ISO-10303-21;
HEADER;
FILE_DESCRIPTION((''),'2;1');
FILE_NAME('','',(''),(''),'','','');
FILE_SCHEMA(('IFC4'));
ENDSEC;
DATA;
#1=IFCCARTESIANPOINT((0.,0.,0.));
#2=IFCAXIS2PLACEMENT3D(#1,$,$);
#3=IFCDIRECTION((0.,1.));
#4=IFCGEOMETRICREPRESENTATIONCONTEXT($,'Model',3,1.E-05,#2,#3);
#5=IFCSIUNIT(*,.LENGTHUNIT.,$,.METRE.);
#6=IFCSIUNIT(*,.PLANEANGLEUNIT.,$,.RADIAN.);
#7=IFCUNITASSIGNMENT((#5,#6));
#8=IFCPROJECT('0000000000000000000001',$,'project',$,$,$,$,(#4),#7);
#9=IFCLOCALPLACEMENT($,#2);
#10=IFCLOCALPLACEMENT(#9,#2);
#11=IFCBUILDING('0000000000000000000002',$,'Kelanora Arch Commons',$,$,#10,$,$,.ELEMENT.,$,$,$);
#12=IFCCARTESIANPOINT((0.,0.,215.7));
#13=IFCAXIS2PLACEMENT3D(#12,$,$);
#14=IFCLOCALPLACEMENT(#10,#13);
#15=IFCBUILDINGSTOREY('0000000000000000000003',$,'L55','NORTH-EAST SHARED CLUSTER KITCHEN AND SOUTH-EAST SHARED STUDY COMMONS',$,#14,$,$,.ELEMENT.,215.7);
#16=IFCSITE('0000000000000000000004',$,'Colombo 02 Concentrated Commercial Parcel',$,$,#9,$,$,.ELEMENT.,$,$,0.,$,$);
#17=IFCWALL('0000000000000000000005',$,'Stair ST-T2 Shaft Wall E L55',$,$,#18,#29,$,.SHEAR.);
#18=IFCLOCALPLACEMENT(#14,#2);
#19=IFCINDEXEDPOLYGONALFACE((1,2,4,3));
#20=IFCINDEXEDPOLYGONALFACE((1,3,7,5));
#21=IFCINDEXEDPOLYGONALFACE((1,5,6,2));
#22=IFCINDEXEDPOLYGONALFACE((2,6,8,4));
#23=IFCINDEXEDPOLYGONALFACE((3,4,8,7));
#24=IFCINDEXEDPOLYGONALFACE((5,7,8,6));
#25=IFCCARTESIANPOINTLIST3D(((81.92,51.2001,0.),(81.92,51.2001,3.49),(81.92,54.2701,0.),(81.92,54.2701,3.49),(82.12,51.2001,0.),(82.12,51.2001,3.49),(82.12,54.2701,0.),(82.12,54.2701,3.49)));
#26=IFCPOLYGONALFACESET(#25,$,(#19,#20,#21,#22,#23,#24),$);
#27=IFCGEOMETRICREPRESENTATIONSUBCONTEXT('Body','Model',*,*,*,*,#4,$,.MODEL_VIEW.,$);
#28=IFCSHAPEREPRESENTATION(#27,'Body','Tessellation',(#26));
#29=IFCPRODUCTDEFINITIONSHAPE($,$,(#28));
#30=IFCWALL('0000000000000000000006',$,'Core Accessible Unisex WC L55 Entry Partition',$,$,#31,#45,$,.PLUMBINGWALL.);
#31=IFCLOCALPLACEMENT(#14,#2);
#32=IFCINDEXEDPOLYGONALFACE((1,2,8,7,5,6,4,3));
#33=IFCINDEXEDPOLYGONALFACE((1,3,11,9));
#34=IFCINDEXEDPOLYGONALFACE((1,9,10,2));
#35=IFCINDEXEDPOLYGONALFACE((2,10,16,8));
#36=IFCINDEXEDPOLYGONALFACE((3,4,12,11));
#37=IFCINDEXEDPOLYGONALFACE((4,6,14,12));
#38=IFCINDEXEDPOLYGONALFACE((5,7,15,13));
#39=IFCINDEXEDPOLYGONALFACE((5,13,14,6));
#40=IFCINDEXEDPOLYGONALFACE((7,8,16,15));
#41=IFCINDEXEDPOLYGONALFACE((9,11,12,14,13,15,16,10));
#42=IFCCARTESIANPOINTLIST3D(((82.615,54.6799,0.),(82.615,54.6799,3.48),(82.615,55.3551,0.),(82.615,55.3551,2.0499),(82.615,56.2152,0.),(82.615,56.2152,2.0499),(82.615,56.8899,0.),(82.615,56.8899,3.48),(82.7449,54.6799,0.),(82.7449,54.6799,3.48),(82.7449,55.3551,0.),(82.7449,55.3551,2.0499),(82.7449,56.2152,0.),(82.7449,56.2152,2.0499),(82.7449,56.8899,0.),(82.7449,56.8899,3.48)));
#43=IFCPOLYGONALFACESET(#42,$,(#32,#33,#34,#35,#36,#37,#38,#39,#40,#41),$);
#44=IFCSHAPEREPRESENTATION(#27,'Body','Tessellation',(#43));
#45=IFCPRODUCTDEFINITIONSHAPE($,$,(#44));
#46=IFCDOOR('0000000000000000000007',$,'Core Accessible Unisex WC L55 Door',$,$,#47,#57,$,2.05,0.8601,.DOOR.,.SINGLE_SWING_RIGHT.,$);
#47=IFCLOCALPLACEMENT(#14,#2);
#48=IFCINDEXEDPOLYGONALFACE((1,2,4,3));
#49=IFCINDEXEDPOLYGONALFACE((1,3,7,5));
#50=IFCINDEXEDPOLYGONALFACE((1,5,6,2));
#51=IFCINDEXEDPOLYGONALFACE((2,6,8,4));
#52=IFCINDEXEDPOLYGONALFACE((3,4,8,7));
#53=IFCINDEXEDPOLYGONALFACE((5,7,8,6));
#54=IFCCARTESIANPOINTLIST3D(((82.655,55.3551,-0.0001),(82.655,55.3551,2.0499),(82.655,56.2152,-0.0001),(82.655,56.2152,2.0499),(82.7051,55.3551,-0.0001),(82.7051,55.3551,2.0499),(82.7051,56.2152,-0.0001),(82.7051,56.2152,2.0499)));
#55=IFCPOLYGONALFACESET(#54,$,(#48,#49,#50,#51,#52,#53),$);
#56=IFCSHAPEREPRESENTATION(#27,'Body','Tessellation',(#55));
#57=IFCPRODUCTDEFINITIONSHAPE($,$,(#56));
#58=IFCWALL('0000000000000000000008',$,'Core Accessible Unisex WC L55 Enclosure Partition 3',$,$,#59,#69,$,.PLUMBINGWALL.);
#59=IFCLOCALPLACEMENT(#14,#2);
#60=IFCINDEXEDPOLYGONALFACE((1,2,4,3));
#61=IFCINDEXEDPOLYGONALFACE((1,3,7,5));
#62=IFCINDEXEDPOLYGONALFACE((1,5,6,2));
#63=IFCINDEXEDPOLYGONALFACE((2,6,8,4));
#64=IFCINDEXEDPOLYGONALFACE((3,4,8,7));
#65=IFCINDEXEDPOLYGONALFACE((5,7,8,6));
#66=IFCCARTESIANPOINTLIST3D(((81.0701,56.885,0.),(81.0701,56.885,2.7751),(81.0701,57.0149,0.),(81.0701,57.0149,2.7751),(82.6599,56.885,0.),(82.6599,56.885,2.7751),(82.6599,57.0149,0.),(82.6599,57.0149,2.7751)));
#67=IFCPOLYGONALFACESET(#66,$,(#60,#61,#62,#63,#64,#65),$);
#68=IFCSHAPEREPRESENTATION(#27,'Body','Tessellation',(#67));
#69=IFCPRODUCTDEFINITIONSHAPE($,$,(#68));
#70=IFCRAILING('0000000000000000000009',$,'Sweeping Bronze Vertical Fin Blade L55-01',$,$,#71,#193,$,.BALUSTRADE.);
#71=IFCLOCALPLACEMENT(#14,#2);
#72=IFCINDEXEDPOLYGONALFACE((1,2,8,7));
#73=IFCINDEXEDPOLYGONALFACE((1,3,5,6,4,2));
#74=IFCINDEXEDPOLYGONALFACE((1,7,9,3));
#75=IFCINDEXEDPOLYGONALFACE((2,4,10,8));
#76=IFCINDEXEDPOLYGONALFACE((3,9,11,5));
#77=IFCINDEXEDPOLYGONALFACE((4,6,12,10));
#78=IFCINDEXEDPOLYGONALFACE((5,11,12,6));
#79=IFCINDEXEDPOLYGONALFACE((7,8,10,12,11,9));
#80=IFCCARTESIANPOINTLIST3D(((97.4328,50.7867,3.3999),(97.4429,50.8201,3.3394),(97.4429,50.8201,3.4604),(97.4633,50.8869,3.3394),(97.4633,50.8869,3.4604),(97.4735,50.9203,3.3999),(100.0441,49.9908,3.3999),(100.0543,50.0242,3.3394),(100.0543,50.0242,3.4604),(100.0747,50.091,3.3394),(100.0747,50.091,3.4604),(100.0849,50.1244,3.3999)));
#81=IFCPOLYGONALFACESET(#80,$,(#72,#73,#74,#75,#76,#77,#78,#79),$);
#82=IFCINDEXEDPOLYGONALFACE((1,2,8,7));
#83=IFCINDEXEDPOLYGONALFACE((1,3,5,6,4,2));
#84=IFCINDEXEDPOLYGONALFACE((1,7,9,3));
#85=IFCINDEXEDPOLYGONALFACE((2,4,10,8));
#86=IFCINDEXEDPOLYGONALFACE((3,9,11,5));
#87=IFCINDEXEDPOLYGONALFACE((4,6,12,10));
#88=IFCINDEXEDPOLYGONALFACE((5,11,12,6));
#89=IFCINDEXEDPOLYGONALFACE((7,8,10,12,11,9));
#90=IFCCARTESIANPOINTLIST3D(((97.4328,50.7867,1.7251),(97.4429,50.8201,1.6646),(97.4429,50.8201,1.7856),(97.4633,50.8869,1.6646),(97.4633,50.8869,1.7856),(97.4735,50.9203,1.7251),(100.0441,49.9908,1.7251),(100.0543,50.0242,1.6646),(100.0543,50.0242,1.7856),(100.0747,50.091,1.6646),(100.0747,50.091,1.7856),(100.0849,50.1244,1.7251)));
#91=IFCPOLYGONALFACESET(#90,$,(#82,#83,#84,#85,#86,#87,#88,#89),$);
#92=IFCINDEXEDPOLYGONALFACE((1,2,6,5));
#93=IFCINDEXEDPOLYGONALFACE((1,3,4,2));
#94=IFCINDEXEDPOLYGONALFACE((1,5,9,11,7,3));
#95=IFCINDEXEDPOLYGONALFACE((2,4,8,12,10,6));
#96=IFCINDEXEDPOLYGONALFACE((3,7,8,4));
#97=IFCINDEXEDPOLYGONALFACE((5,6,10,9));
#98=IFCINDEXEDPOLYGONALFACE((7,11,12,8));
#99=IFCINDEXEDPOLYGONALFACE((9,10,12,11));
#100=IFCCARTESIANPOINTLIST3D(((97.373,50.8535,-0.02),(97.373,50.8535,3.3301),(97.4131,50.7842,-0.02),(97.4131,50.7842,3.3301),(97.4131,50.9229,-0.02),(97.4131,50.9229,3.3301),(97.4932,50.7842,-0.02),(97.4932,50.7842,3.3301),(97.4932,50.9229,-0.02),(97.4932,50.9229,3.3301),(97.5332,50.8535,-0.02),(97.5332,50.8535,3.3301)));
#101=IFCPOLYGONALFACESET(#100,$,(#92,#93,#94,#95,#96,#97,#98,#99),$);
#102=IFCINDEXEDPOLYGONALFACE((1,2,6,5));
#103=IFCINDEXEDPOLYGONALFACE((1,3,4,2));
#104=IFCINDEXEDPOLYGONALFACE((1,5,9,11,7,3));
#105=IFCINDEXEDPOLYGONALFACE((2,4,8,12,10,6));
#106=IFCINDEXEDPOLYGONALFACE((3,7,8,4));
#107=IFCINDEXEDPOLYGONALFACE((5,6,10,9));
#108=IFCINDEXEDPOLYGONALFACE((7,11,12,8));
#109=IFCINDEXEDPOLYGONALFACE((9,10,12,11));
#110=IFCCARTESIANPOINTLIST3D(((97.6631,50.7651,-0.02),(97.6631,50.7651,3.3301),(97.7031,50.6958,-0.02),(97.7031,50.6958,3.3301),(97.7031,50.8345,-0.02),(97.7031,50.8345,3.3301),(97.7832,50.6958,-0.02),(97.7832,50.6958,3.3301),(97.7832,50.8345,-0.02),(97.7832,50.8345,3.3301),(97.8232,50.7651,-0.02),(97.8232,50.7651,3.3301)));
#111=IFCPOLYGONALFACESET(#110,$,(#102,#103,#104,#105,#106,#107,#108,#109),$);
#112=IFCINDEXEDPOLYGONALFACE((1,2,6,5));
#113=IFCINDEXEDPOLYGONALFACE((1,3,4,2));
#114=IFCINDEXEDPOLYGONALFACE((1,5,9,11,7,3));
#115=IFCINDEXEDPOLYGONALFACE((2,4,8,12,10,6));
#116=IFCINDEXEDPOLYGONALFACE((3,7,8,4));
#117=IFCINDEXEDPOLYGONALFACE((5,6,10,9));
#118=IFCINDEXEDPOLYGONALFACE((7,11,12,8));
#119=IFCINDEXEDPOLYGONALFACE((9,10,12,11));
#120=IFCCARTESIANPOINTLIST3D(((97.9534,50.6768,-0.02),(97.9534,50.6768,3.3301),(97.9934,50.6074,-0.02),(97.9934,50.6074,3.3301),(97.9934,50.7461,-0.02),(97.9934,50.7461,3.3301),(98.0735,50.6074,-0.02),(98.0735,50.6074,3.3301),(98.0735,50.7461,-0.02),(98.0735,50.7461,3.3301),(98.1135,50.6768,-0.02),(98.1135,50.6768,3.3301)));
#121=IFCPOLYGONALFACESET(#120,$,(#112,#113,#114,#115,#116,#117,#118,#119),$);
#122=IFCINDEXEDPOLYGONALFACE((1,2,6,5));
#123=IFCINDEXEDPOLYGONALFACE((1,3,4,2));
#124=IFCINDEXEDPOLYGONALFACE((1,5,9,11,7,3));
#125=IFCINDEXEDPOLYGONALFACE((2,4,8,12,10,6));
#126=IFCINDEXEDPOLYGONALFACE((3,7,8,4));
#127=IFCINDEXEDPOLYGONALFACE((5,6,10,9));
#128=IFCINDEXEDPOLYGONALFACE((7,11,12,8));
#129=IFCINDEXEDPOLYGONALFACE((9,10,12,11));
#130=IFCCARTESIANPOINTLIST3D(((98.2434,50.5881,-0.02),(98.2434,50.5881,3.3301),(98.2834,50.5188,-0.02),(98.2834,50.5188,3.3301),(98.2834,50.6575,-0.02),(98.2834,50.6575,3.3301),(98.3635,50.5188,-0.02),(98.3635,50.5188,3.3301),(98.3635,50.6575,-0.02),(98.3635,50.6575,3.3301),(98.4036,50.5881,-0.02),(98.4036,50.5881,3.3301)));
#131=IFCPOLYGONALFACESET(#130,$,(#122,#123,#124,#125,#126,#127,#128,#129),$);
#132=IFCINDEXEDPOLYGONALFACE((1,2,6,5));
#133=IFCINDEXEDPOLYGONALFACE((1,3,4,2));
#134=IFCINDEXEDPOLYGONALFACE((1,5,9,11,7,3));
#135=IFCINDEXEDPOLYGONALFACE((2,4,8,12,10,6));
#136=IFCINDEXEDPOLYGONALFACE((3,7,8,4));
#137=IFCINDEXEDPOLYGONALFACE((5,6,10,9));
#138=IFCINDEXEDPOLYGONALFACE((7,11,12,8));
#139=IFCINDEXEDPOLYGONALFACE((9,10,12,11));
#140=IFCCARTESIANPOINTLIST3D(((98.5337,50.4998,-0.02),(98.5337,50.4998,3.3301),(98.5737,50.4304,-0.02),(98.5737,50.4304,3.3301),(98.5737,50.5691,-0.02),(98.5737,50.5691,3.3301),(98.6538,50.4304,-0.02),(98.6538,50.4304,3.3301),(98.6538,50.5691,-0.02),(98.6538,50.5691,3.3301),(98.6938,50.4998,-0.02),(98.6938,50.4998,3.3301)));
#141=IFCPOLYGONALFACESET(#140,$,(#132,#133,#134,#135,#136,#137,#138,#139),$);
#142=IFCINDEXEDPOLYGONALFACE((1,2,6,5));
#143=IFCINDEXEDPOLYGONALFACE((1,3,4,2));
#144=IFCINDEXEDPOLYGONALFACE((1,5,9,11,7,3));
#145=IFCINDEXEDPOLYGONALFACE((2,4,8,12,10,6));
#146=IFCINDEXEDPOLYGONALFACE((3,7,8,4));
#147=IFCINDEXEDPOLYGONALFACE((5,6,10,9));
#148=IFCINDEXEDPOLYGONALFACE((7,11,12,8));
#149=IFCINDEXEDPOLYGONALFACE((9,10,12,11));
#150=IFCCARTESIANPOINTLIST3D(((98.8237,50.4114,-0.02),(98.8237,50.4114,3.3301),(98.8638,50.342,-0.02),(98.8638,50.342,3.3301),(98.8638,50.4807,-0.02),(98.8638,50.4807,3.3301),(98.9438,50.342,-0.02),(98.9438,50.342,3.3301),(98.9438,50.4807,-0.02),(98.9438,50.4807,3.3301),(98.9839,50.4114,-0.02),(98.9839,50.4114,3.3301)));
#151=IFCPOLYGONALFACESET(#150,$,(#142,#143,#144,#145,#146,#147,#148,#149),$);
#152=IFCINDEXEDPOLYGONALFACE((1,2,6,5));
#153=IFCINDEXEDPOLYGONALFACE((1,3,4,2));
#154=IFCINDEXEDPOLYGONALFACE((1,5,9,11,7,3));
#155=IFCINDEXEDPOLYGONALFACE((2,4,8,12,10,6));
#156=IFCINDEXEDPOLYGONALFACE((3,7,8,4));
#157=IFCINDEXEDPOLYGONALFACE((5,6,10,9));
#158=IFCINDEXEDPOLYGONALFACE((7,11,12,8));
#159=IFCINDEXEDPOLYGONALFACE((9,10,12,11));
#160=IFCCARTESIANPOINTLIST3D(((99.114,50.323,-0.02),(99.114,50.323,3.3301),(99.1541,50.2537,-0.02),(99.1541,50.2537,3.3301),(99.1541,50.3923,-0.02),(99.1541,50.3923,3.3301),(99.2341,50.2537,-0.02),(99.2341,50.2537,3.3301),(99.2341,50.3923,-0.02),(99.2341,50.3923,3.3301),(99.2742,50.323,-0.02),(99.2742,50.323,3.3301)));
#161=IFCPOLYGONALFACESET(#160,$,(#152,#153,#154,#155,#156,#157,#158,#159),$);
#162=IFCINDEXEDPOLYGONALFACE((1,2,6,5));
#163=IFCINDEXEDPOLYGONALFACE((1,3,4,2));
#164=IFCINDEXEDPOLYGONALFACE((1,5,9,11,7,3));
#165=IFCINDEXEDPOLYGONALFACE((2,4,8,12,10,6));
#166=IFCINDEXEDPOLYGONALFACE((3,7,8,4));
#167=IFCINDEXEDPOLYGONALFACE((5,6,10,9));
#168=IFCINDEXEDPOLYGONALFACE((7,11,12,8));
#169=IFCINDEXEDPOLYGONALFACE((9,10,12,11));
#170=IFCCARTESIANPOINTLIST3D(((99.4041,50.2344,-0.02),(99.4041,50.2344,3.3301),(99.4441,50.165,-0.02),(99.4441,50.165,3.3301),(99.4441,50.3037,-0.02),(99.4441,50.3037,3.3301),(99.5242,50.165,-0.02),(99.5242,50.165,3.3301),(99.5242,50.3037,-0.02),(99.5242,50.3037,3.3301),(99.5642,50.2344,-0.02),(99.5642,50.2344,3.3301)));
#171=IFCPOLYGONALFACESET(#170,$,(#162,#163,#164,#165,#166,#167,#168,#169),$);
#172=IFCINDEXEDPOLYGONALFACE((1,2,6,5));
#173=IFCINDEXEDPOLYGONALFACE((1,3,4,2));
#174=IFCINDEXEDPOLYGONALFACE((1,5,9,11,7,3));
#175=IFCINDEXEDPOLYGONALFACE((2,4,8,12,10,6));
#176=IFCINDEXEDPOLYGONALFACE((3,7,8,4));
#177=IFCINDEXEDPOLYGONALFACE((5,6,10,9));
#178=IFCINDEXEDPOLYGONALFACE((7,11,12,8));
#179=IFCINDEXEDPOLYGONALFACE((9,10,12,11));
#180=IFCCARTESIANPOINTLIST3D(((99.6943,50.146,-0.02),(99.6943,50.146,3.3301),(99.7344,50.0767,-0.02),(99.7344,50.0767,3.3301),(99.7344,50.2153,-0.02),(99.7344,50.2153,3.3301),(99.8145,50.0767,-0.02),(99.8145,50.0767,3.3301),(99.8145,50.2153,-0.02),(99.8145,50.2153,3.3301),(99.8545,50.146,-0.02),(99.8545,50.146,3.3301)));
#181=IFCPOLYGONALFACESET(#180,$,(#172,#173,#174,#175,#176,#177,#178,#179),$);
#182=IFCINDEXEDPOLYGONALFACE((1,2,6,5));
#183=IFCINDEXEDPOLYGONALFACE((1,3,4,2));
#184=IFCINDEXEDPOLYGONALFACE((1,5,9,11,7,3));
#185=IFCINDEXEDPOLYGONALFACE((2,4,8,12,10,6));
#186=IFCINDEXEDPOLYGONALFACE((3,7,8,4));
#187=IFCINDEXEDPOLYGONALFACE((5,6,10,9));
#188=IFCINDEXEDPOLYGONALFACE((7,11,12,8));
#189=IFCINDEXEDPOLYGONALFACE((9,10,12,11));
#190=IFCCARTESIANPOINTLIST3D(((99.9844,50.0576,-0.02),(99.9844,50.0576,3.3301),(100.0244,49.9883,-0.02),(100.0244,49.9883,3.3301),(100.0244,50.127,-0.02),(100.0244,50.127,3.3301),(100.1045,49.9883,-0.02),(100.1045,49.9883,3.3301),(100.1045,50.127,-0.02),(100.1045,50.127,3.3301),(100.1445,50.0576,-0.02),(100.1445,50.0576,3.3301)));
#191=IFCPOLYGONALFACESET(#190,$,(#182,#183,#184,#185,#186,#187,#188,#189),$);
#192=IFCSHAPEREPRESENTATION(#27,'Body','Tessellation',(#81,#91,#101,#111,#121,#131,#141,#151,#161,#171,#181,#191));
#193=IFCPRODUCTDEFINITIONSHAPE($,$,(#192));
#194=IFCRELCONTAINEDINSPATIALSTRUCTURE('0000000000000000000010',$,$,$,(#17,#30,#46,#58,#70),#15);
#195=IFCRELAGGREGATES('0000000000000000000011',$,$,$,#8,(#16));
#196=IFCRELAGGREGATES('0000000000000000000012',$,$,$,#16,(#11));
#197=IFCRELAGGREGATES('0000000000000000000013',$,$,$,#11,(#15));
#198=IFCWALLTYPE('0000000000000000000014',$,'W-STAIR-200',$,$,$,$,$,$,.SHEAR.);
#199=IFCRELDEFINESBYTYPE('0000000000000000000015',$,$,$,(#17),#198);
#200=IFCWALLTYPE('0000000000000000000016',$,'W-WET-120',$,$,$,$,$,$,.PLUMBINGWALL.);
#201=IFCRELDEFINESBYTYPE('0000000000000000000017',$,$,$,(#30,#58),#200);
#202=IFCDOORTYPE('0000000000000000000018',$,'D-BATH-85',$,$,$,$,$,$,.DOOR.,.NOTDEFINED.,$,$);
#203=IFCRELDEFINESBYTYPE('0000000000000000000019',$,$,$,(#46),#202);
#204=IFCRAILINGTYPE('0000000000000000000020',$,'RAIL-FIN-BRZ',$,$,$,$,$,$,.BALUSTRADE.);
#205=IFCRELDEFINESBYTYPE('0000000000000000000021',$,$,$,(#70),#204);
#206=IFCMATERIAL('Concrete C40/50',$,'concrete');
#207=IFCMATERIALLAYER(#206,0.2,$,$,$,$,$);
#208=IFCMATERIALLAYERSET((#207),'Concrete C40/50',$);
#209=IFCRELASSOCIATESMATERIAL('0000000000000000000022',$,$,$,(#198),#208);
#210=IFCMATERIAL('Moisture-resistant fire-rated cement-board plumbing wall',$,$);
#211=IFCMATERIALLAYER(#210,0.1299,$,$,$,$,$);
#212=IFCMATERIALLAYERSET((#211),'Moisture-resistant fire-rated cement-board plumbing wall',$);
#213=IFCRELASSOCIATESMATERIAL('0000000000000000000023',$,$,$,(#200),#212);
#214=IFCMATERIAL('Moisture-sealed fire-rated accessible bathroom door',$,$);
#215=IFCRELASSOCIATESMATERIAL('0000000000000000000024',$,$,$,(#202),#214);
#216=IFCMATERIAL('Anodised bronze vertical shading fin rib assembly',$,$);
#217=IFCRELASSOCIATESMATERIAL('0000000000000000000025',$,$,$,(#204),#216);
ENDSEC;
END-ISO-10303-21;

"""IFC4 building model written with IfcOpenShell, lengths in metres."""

from ifc_helpers import new_model, si_unit, direction, frame, frame_2d, origin, place, context, subcontext, project, spatial, polyline, rectangle, outline, extrude, material, layer, layer_set, type_object, element, fill, save


model = new_model("IFC4")

# Units and contexts
model_context = context("Model", 3, precision=1e-05, world=origin(), true_north=direction((0.0, 1.0)))
body_context = subcontext(model_context, "Body", "Model", "MODEL_VIEW")
ifc_project = project(units=[si_unit("LENGTHUNIT", "METRE"), si_unit("PLANEANGLEUNIT", "RADIAN")], contexts=[model_context])

# Site, building, storey
site_placement = place(None, origin())
site = spatial("IfcSite", under=ifc_project, at=site_placement, Name="Colombo 02 Concentrated Commercial Parcel", CompositionType="ELEMENT", RefElevation=0.0)
building_placement = place(site_placement, origin())
building = spatial("IfcBuilding", under=site, at=building_placement, Name="Kelanora Arch Commons", CompositionType="ELEMENT")
storey_placement = place(building_placement, frame((0.0, 0.0, 215.7)))
storey = spatial("IfcBuildingStorey", under=building, at=storey_placement, Name="L55", Description="NORTH-EAST SHARED CLUSTER KITCHEN AND SOUTH-EAST SHARED STUDY COMMONS", CompositionType="ELEMENT", Elevation=215.7)

# Wall
ifc_material_1 = material(Name="Concrete C40/50", Category="concrete")
ifc_layer_1 = layer(ifc_material_1, 0.2)
ifc_layer_set_1 = layer_set([ifc_layer_1], Name="Concrete C40/50")
wall_type_1 = type_object("IfcWallType", Name="W-STAIR-200", PredefinedType="SHEAR", material=ifc_layer_set_1)
wall_1_placement = place(storey_placement, frame((82.02, 51.2, 0.0), z_axis=(0.0, 0.0, 1.0), x_axis=(0.0, 1.0, 0.0)))
element("IfcWall", 1, at=wall_1_placement, inside=storey, type_object=wall_type_1, Name="Stair ST-T2 Shaft Wall E L55", PredefinedType="SHEAR", context=body_context, shape_type="SweptSolid", body=[
    extrude(rectangle(XDim=3.0701, YDim=0.2, at=frame_2d((1.5352, 0.0))), origin(), (0.0, 0.0, 1.0), 3.49),
])

# Wall, opening, door
ifc_material_2 = material(Name="Moisture-resistant fire-rated cement-board plumbing wall")
ifc_layer_2 = layer(ifc_material_2, 0.1299)
ifc_layer_set_2 = layer_set([ifc_layer_2], Name="Moisture-resistant fire-rated cement-board plumbing wall")
wall_type_2 = type_object("IfcWallType", Name="W-WET-120", PredefinedType="PLUMBINGWALL", material=ifc_layer_set_2)
wall_2_placement = place(storey_placement, frame((82.6799, 54.6799, 0.0), z_axis=(0.0, 0.0, 1.0), x_axis=(0.0, 1.0, 0.0)))
wall_2 = element("IfcWall", 2, at=wall_2_placement, inside=storey, type_object=wall_type_2, Name="Core Accessible Unisex WC L55 Entry Partition", PredefinedType="PLUMBINGWALL", context=body_context, shape_type="SweptSolid", body=[
    extrude(rectangle(XDim=2.21, YDim=0.1299, at=frame_2d((1.105, 0.0))), origin(), (0.0, 0.0, 1.0), 3.48),
])
opening_1_placement = place(wall_2_placement, frame((0.675, 0.0, 0.0)))
opening_1 = element("IfcOpeningElement", 3, at=opening_1_placement, cuts=wall_2, PredefinedType="OPENING", context=body_context, shape_type="SweptSolid", body=[
    extrude(rectangle(XDim=0.8601, YDim=2.05, at=frame_2d((0.4302, 1.0249))), frame((0.0, 0.075, 0.0), z_axis=(0.0, -1.0, 0.0), x_axis=(1.0, 0.0, 0.0)), (0.0, 0.0, 1.0), 0.1499),
])
ifc_material_3 = material(Name="Moisture-sealed fire-rated accessible bathroom door")
door_type = type_object("IfcDoorType", Name="D-BATH-85", OperationType="NOTDEFINED", PredefinedType="DOOR", material=ifc_material_3)
door_placement = place(opening_1_placement, origin())
door = element("IfcDoor", 4, at=door_placement, inside=storey, type_object=door_type, Name="Core Accessible Unisex WC L55 Door", OperationType="SINGLE_SWING_RIGHT", OverallHeight=2.05, OverallWidth=0.8601, PredefinedType="DOOR", context=body_context, shape_type="SweptSolid", body=[
    extrude(rectangle(XDim=0.8601, YDim=2.05, at=frame_2d((0.4302, 1.0249))), frame((0.0, 0.0249, 0.0), z_axis=(0.0, -1.0, 0.0), x_axis=(1.0, 0.0, 0.0)), (0.0, 0.0, 1.0), 0.05),
])
fill(opening_1, door)

# Wall
wall_3_placement = place(storey_placement, frame((82.6599, 56.95, 0.0), z_axis=(0.0, 0.0, 1.0), x_axis=(-1.0, 0.0, 0.0)))
element("IfcWall", 5, at=wall_3_placement, inside=storey, type_object=wall_type_2, Name="Core Accessible Unisex WC L55 Enclosure Partition 3", PredefinedType="PLUMBINGWALL", context=body_context, shape_type="SweptSolid", body=[
    extrude(rectangle(XDim=1.5898, YDim=0.1299, at=frame_2d((0.7949, 0.0))), origin(), (0.0, 0.0, 1.0), 2.7751),
])

# Railing
ifc_material_4 = material(Name="Anodised bronze vertical shading fin rib assembly")
railing_type = type_object("IfcRailingType", Name="RAIL-FIN-BRZ", PredefinedType="BALUSTRADE", material=ifc_material_4)
railing_placement = place(storey_placement, frame((97.4531, 50.8535, -0.02)))
element("IfcRailing", 6, at=railing_placement, inside=storey, type_object=railing_type, Name="Sweeping Bronze Vertical Fin Blade L55-01", PredefinedType="BALUSTRADE", context=body_context, shape_type="SweptSolid", body=[
    extrude(outline(polyline([(0.0698, 0.0), (0.0349, 0.0605), (-0.0349, 0.0605), (-0.0698, 0.0), (-0.0349, -0.0605), (0.0349, -0.0605), (0.0698, 0.0)])), frame((0.0, 0.0, 3.4199), z_axis=(0.956557, -0.291546, 0.0), x_axis=(0.291546, 0.956557, 0.0)), (0.0, 0.0, 1.0), 2.73),
    extrude(outline(polyline([(0.0698, 0.0), (0.0349, 0.0605), (-0.0349, 0.0605), (-0.0698, 0.0), (-0.0349, -0.0605), (0.0349, -0.0605), (0.0698, 0.0)])), frame((0.0, 0.0, 1.7451), z_axis=(0.956557, -0.291546, 0.0), x_axis=(0.291546, 0.956557, 0.0)), (0.0, 0.0, 1.0), 2.73),
    extrude(outline(polyline([(0.0801, 0.0), (0.04, 0.0693), (-0.04, 0.0693), (-0.0801, 0.0), (-0.04, -0.0693), (0.04, -0.0693), (0.0801, 0.0)])), origin(), (0.0, 0.0, 1.0), 3.3501),
    extrude(outline(polyline([(0.0801, 0.0), (0.04, 0.0693), (-0.04, 0.0693), (-0.0801, 0.0), (-0.04, -0.0693), (0.04, -0.0693), (0.0801, 0.0)])), frame((0.29, -0.0884, 0.0)), (0.0, 0.0, 1.0), 3.3501),
    extrude(outline(polyline([(0.0801, 0.0), (0.04, 0.0693), (-0.04, 0.0693), (-0.0801, 0.0), (-0.04, -0.0693), (0.04, -0.0693), (0.0801, 0.0)])), frame((0.5803, -0.1768, 0.0)), (0.0, 0.0, 1.0), 3.3501),
    extrude(outline(polyline([(0.0801, 0.0), (0.04, 0.0693), (-0.04, 0.0693), (-0.0801, 0.0), (-0.04, -0.0693), (0.04, -0.0693), (0.0801, 0.0)])), frame((0.8704, -0.2654, 0.0)), (0.0, 0.0, 1.0), 3.3501),
    extrude(outline(polyline([(0.0801, 0.0), (0.04, 0.0693), (-0.04, 0.0693), (-0.0801, 0.0), (-0.04, -0.0693), (0.04, -0.0693), (0.0801, 0.0)])), frame((1.1606, -0.3538, 0.0)), (0.0, 0.0, 1.0), 3.3501),
    extrude(outline(polyline([(0.0801, 0.0), (0.04, 0.0693), (-0.04, 0.0693), (-0.0801, 0.0), (-0.04, -0.0693), (0.04, -0.0693), (0.0801, 0.0)])), frame((1.4507, -0.4421, 0.0)), (0.0, 0.0, 1.0), 3.3501),
    extrude(outline(polyline([(0.0801, 0.0), (0.04, 0.0693), (-0.04, 0.0693), (-0.0801, 0.0), (-0.04, -0.0693), (0.04, -0.0693), (0.0801, 0.0)])), frame((1.741, -0.5305, 0.0)), (0.0, 0.0, 1.0), 3.3501),
    extrude(outline(polyline([(0.0801, 0.0), (0.04, 0.0693), (-0.04, 0.0693), (-0.0801, 0.0), (-0.04, -0.0693), (0.04, -0.0693), (0.0801, 0.0)])), frame((2.031, -0.6191, 0.0)), (0.0, 0.0, 1.0), 3.3501),
    extrude(outline(polyline([(0.0801, 0.0), (0.04, 0.0693), (-0.04, 0.0693), (-0.0801, 0.0), (-0.04, -0.0693), (0.04, -0.0693), (0.0801, 0.0)])), frame((2.3213, -0.7075, 0.0)), (0.0, 0.0, 1.0), 3.3501),
    extrude(outline(polyline([(0.0801, 0.0), (0.04, 0.0693), (-0.04, 0.0693), (-0.0801, 0.0), (-0.04, -0.0693), (0.04, -0.0693), (0.0801, 0.0)])), frame((2.6113, -0.7959, 0.0)), (0.0, 0.0, 1.0), 3.3501),
])

save(model, "model.ifc")
